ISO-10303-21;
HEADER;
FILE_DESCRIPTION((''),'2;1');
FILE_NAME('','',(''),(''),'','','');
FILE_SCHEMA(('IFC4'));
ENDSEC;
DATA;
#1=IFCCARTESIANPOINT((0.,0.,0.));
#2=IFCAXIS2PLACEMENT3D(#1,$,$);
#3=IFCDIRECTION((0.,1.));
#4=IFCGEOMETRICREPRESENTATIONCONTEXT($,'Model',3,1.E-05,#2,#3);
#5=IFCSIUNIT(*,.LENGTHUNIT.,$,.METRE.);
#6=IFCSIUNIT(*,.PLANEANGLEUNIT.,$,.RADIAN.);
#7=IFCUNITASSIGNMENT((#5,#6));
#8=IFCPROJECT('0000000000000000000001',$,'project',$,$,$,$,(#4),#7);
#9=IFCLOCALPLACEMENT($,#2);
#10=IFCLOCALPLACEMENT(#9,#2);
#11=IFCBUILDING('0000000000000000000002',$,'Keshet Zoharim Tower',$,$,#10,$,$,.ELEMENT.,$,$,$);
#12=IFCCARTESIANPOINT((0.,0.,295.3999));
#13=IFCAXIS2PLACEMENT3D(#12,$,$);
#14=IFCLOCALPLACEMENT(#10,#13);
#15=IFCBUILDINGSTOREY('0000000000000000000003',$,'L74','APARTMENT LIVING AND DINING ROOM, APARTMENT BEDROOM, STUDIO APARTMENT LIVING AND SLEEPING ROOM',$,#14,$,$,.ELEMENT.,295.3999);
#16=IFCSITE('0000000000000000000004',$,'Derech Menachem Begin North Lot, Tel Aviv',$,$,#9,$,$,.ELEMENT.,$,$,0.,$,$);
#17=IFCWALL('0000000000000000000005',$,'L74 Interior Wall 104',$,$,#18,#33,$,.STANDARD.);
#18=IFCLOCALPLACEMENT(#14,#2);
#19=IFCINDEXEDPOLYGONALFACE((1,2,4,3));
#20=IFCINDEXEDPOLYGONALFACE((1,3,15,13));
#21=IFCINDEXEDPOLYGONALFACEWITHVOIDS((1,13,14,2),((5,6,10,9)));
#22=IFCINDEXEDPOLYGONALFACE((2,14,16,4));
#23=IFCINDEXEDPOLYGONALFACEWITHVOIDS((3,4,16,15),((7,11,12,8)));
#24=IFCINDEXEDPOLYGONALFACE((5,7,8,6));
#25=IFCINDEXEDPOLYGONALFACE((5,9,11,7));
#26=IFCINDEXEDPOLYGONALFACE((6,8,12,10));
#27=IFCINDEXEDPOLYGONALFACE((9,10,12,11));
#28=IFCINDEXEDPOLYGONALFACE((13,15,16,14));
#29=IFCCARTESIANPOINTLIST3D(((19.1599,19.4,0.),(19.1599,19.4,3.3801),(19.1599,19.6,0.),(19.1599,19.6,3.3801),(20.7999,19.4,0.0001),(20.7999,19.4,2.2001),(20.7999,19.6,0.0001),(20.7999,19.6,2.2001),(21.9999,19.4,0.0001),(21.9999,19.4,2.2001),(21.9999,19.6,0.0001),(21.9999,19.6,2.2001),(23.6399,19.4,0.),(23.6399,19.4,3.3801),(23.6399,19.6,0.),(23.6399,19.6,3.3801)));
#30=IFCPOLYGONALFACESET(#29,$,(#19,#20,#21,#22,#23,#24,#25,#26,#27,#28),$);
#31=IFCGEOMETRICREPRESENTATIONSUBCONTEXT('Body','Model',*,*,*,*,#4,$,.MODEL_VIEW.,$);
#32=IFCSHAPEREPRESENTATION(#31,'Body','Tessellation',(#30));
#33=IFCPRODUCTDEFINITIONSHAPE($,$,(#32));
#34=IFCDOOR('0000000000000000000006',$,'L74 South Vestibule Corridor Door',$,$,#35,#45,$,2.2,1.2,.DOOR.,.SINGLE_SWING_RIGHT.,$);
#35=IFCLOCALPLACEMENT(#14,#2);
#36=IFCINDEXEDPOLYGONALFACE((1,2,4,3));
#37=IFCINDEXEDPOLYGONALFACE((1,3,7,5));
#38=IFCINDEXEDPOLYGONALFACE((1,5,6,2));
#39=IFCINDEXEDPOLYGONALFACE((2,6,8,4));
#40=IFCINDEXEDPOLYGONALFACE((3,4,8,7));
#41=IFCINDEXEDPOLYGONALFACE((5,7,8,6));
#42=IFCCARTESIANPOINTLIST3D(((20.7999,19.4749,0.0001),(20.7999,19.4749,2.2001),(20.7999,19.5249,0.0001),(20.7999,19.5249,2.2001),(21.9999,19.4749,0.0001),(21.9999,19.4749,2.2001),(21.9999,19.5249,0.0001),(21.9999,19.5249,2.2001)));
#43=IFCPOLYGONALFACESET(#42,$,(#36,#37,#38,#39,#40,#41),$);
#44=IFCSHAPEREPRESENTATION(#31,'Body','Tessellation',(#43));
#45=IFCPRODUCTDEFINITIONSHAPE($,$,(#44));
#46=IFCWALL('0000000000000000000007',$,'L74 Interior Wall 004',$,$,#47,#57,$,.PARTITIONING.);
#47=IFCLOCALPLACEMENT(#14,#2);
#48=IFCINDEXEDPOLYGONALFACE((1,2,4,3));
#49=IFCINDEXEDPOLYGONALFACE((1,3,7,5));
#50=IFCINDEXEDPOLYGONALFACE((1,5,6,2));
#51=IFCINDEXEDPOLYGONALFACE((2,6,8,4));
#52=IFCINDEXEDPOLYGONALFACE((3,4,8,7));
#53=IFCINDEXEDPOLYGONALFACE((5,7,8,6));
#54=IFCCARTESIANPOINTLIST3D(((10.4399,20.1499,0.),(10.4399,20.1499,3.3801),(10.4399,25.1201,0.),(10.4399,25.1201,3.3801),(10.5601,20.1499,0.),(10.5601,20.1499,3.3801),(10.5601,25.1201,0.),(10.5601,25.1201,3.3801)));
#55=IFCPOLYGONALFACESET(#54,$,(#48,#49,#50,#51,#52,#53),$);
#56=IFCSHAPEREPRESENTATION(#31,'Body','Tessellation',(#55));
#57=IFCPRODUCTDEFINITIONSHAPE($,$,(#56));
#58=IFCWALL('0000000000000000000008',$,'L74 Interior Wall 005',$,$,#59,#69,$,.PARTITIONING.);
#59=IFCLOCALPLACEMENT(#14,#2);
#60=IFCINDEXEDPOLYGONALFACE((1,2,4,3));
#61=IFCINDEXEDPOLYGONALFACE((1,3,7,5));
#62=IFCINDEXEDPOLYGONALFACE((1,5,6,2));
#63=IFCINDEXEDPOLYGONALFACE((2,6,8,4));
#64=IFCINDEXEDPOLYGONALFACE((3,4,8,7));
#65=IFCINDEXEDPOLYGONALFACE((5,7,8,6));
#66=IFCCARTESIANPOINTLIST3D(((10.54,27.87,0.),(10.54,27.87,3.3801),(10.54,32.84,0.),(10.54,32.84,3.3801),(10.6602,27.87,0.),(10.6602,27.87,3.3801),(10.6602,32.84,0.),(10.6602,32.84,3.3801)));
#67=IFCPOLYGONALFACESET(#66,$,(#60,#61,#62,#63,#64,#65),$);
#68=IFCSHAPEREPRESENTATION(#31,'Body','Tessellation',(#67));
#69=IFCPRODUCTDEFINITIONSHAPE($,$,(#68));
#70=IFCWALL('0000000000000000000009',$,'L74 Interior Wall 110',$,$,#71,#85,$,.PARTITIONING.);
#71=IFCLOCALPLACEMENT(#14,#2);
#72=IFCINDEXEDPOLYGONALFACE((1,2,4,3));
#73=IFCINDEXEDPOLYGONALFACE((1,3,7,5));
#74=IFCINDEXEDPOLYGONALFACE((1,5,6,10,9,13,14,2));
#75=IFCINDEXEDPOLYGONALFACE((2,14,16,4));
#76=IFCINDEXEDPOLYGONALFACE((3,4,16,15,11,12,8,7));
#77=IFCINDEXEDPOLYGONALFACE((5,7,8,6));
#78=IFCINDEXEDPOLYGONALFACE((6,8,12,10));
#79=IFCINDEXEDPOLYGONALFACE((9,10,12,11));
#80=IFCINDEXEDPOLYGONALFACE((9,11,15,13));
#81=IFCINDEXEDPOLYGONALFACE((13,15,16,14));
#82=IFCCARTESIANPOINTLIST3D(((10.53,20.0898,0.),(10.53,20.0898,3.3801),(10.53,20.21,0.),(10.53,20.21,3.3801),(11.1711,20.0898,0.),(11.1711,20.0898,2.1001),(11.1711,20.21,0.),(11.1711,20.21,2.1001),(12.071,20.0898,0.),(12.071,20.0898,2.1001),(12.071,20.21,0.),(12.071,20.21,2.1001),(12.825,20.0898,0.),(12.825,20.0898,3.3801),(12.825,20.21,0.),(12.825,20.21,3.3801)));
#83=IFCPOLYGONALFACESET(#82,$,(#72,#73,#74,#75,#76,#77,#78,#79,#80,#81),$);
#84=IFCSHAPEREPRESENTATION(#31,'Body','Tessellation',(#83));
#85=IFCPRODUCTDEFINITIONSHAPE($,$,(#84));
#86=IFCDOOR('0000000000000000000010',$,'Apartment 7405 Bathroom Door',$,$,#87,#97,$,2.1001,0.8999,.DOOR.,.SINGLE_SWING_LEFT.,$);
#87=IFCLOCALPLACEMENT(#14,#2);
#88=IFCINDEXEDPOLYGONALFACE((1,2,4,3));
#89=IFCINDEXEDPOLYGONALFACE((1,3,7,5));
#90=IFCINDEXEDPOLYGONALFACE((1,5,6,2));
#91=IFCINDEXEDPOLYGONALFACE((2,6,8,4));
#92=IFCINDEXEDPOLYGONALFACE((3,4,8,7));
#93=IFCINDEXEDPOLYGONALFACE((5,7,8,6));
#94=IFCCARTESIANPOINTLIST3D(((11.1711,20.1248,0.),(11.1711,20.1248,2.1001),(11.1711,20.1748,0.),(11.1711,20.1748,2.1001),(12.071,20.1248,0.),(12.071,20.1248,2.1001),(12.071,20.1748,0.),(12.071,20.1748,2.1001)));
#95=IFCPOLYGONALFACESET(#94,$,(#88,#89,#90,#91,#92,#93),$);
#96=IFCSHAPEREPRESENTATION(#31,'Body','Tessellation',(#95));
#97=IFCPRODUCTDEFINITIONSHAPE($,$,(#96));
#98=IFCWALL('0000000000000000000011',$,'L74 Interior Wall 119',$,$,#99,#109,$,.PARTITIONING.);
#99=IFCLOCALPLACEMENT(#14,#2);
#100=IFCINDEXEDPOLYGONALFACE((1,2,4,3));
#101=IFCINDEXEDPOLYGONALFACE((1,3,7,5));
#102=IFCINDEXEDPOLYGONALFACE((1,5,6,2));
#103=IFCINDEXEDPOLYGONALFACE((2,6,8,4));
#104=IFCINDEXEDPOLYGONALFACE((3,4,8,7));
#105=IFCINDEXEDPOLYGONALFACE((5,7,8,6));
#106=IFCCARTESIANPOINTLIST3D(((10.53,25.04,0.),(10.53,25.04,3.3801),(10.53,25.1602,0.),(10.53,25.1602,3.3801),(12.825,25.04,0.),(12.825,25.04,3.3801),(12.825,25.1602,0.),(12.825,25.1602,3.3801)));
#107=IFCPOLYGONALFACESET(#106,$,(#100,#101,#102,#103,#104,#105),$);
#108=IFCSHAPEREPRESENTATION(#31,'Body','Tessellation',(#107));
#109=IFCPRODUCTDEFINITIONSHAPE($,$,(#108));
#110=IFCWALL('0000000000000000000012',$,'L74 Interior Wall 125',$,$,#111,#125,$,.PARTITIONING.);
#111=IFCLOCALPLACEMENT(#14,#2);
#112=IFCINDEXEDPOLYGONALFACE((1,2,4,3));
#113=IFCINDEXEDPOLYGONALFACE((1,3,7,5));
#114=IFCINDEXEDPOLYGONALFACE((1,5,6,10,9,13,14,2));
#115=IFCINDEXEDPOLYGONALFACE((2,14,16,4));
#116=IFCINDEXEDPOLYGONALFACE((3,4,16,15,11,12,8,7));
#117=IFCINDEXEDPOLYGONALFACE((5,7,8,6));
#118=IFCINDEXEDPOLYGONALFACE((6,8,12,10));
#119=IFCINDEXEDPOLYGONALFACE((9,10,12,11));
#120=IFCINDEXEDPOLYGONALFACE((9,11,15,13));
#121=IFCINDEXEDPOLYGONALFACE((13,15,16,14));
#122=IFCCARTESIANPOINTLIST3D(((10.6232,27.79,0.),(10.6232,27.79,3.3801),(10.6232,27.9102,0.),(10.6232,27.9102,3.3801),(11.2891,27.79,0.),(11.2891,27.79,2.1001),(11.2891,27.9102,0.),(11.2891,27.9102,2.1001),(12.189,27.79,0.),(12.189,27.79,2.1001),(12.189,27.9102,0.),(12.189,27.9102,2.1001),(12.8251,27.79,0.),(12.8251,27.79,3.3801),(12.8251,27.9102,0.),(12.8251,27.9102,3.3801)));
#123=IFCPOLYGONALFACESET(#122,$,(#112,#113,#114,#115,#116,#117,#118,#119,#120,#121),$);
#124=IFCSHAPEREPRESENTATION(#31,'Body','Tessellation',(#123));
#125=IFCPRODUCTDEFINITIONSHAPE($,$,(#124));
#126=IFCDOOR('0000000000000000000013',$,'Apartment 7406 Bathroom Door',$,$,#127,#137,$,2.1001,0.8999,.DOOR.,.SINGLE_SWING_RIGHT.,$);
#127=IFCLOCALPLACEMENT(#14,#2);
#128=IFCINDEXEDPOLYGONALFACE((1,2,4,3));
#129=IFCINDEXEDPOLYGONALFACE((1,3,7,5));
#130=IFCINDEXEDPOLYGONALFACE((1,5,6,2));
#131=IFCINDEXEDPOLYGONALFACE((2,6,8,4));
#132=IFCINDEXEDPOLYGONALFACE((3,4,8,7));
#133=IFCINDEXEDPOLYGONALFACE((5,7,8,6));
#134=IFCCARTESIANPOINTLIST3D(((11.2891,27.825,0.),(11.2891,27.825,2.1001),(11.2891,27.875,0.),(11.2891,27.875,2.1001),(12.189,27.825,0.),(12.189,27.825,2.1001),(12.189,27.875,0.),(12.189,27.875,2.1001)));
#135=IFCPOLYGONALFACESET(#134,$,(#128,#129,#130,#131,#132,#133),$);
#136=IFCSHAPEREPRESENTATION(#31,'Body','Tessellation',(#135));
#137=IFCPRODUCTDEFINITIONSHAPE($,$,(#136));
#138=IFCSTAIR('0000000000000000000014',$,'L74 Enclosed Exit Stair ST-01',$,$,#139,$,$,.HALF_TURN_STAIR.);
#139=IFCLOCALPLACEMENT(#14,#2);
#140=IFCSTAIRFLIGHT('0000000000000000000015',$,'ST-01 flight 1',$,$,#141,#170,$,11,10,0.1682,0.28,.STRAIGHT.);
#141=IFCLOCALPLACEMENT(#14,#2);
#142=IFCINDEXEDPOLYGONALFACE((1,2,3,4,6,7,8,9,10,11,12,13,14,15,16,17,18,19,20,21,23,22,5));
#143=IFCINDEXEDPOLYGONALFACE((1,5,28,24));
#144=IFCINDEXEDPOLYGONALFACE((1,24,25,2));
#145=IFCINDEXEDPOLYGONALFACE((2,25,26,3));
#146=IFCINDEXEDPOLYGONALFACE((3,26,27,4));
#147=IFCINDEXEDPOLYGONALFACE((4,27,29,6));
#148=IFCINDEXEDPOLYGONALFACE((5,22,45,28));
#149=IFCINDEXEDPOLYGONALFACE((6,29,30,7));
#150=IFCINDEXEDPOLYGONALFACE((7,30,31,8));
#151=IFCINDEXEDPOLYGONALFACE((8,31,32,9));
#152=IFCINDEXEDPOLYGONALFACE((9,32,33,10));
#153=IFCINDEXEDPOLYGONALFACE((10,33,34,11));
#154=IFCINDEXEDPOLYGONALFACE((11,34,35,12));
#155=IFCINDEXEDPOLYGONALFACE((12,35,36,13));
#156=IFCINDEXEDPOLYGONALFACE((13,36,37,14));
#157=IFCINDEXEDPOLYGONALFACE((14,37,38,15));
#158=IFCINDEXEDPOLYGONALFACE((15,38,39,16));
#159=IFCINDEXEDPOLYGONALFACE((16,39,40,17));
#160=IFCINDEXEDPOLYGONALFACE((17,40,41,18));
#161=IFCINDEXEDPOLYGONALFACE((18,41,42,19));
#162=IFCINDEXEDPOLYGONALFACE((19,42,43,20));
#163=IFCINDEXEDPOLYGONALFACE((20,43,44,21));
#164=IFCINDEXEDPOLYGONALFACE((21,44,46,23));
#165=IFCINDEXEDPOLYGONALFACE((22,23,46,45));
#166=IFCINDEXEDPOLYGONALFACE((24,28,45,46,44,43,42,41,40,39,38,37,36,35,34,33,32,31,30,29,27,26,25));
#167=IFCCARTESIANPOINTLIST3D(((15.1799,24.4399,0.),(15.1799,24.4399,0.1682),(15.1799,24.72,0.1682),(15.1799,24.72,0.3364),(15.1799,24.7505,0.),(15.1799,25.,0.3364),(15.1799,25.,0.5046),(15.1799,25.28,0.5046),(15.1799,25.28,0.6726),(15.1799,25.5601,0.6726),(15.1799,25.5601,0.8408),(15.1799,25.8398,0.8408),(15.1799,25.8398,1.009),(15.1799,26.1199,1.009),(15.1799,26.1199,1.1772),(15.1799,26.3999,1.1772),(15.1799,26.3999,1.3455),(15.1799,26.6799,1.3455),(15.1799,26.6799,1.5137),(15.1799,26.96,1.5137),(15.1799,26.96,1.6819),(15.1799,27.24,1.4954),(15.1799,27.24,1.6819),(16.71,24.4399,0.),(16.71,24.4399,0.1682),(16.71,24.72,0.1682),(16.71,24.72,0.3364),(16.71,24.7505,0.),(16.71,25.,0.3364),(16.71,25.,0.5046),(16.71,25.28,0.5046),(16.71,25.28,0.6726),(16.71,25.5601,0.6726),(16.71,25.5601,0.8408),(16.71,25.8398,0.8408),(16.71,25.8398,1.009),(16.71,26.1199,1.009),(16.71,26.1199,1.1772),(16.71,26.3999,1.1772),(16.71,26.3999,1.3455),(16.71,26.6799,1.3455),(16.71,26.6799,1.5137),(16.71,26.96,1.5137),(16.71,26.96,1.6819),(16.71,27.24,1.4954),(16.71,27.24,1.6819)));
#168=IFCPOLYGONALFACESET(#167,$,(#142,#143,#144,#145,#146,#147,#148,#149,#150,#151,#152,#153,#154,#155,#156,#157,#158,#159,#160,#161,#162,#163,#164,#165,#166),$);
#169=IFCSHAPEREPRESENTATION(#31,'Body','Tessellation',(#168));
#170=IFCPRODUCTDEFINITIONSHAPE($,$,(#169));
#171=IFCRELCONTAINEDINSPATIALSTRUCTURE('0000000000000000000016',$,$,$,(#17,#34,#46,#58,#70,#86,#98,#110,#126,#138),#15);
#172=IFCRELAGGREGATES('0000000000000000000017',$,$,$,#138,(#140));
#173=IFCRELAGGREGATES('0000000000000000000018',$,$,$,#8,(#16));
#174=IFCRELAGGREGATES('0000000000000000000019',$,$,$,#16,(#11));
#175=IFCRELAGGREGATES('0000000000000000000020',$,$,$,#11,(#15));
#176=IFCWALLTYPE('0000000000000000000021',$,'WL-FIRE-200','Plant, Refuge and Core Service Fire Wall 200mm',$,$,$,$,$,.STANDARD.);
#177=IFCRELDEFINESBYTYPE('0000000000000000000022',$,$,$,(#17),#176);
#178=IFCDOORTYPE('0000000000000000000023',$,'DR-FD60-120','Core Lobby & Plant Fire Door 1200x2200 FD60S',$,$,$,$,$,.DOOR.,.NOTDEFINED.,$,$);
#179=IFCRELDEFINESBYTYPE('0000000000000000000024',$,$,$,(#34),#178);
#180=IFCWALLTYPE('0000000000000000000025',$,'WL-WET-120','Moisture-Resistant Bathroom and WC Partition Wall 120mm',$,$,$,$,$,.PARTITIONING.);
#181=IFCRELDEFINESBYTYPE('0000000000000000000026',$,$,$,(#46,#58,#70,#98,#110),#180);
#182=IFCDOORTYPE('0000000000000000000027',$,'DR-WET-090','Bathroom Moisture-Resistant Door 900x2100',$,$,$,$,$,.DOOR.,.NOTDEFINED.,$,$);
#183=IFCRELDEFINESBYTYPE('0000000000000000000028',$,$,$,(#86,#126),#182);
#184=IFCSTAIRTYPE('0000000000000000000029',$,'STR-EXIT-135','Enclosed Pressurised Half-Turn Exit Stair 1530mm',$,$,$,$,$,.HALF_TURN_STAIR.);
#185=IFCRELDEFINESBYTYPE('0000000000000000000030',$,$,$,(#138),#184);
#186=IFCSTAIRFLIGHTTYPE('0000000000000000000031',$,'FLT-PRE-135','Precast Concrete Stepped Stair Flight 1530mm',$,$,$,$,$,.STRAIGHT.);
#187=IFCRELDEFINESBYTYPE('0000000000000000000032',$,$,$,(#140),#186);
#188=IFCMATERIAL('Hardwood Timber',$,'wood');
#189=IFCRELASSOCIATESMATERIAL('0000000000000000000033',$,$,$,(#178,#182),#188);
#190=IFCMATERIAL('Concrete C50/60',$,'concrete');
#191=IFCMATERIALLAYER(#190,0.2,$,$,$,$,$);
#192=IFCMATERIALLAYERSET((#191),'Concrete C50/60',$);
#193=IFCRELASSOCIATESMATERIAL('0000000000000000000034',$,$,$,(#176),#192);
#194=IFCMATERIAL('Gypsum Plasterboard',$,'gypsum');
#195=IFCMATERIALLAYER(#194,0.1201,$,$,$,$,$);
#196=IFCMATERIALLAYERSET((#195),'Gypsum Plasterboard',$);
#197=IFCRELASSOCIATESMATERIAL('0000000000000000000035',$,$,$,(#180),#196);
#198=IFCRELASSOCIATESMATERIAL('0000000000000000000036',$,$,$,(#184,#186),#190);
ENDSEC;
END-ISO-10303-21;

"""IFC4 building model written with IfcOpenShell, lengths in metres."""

from ifc_helpers import new_model, si_unit, direction, frame, frame_2d, origin, place, context, subcontext, project, spatial, polyline, rectangle, outline, extrude, material, layer, layer_set, type_object, element, fill, aggregate, save


model = new_model("IFC4")

# Units and contexts
model_context = context("Model", 3, precision=1e-05, world=origin(), true_north=direction((0.0, 1.0)))
body_context = subcontext(model_context, "Body", "Model", "MODEL_VIEW")
ifc_project = project(units=[si_unit("LENGTHUNIT", "METRE"), si_unit("PLANEANGLEUNIT", "RADIAN")], contexts=[model_context])

# Site, building, storey
site_placement = place(None, origin())
site = spatial("IfcSite", under=ifc_project, at=site_placement, Name="Derech Menachem Begin North Lot, Tel Aviv", CompositionType="ELEMENT", RefElevation=0.0)
building_placement = place(site_placement, origin())
building = spatial("IfcBuilding", under=site, at=building_placement, Name="Keshet Zoharim Tower", CompositionType="ELEMENT")
storey_placement = place(building_placement, frame((0.0, 0.0, 295.3999)))
storey = spatial("IfcBuildingStorey", under=building, at=storey_placement, Name="L74", Description="APARTMENT LIVING AND DINING ROOM, APARTMENT BEDROOM, STUDIO APARTMENT LIVING AND SLEEPING ROOM", CompositionType="ELEMENT", Elevation=295.3999)

# Shared definitions
ifc_material_1 = material(Name="Concrete C50/60", Category="concrete")

# Shared definitions
ifc_material_2 = material(Name="Hardwood Timber", Category="wood")

# Shared definitions
door_type_1 = type_object("IfcDoorType", Name="DR-FD60-120", Description="Core Lobby & Plant Fire Door 1200x2200 FD60S", OperationType="NOTDEFINED", PredefinedType="DOOR", material=ifc_material_2)

# Shared definitions
ifc_material_3 = material(Name="Gypsum Plasterboard", Category="gypsum")

# Wall, opening, door
ifc_layer_1 = layer(ifc_material_1, 0.2)
ifc_layer_set_1 = layer_set([ifc_layer_1], Name="Concrete C50/60")
wall_type_1 = type_object("IfcWallType", Name="WL-FIRE-200", Description="Plant, Refuge and Core Service Fire Wall 200mm", PredefinedType="STANDARD", material=ifc_layer_set_1)
wall_1_placement = place(storey_placement, frame((19.1599, 19.5, 0.0), z_axis=(0.0, 0.0, 1.0), x_axis=(1.0, 0.0, 0.0)))
wall_1 = element("IfcWall", 1, at=wall_1_placement, inside=storey, type_object=wall_type_1, Name="L74 Interior Wall 104", PredefinedType="STANDARD", context=body_context, shape_type="SweptSolid", body=[
    extrude(rectangle(XDim=4.48, YDim=0.2, at=frame_2d((2.24, 0.0))), origin(), (0.0, 0.0, 1.0), 3.3801),
])
opening_1_placement = place(wall_1_placement, frame((1.6399, 0.0, 0.0)))
opening_1 = element("IfcOpeningElement", 2, at=opening_1_placement, cuts=wall_1, PredefinedType="OPENING", context=body_context, shape_type="SweptSolid", body=[
    extrude(rectangle(XDim=1.2, YDim=2.2, at=frame_2d((0.6001, 1.1001))), frame((0.0, 0.1099, 0.0), z_axis=(0.0, -1.0, 0.0), x_axis=(1.0, 0.0, 0.0)), (0.0, 0.0, 1.0), 0.22),
])
door_1_placement = place(opening_1_placement, origin())
door_1 = element("IfcDoor", 3, at=door_1_placement, inside=storey, type_object=door_type_1, Name="L74 South Vestibule Corridor Door", OperationType="SINGLE_SWING_RIGHT", OverallHeight=2.2, OverallWidth=1.2, PredefinedType="DOOR", context=body_context, shape_type="SweptSolid", body=[
    extrude(rectangle(XDim=1.2, YDim=2.2, at=frame_2d((0.6001, 1.1001))), frame((0.0, 0.0249, 0.0), z_axis=(0.0, -1.0, 0.0), x_axis=(1.0, 0.0, 0.0)), (0.0, 0.0, 1.0), 0.05),
])
fill(opening_1, door_1)

# Walls
ifc_layer_2 = layer(ifc_material_3, 0.1201)
ifc_layer_set_2 = layer_set([ifc_layer_2], Name="Gypsum Plasterboard")
wall_type_2 = type_object("IfcWallType", Name="WL-WET-120", Description="Moisture-Resistant Bathroom and WC Partition Wall 120mm", PredefinedType="PARTITIONING", material=ifc_layer_set_2)
wall_2_placement = place(storey_placement, frame((10.5, 20.1499, 0.0), z_axis=(0.0, 0.0, 1.0), x_axis=(0.0, 1.0, 0.0)))
element("IfcWall", 4, at=wall_2_placement, inside=storey, type_object=wall_type_2, Name="L74 Interior Wall 004", PredefinedType="PARTITIONING", context=body_context, shape_type="SweptSolid", body=[
    extrude(rectangle(XDim=4.9702, YDim=0.1201, at=frame_2d((2.4851, 0.0))), origin(), (0.0, 0.0, 1.0), 3.3801),
])
wall_3_placement = place(storey_placement, frame((10.6001, 27.8701, 0.0), z_axis=(0.0, 0.0, 1.0), x_axis=(0.0, 1.0, 0.0)))
element("IfcWall", 5, at=wall_3_placement, inside=storey, type_object=wall_type_2, Name="L74 Interior Wall 005", PredefinedType="PARTITIONING", context=body_context, shape_type="SweptSolid", body=[
    extrude(rectangle(XDim=4.97, YDim=0.1201, at=frame_2d((2.4849, 0.0))), origin(), (0.0, 0.0, 1.0), 3.3801),
])

# Wall, opening, door
wall_4_placement = place(storey_placement, frame((10.53, 20.1499, 0.0), z_axis=(0.0, 0.0, 1.0), x_axis=(1.0, 0.0, 0.0)))
wall_4 = element("IfcWall", 6, at=wall_4_placement, inside=storey, type_object=wall_type_2, Name="L74 Interior Wall 110", PredefinedType="PARTITIONING", context=body_context, shape_type="SweptSolid", body=[
    extrude(rectangle(XDim=2.2949, YDim=0.1201, at=frame_2d((1.1475, 0.0))), origin(), (0.0, 0.0, 1.0), 3.3801),
])
opening_2_placement = place(wall_4_placement, frame((0.6411, 0.0, 0.0)))
opening_2 = element("IfcOpeningElement", 7, at=opening_2_placement, cuts=wall_4, PredefinedType="OPENING", context=body_context, shape_type="SweptSolid", body=[
    extrude(rectangle(XDim=0.8999, YDim=2.1001, at=frame_2d((0.45, 1.05))), frame((0.0, 0.0701, 0.0), z_axis=(0.0, -1.0, 0.0), x_axis=(1.0, 0.0, 0.0)), (0.0, 0.0, 1.0), 0.1401),
])
door_type_2 = type_object("IfcDoorType", Name="DR-WET-090", Description="Bathroom Moisture-Resistant Door 900x2100", OperationType="NOTDEFINED", PredefinedType="DOOR", material=ifc_material_2)
door_2_placement = place(opening_2_placement, origin())
door_2 = element("IfcDoor", 8, at=door_2_placement, inside=storey, type_object=door_type_2, Name="Apartment 7405 Bathroom Door", OperationType="SINGLE_SWING_LEFT", OverallHeight=2.1001, OverallWidth=0.8999, PredefinedType="DOOR", context=body_context, shape_type="SweptSolid", body=[
    extrude(rectangle(XDim=0.8999, YDim=2.1001, at=frame_2d((0.45, 1.05))), frame((0.0, 0.0249, 0.0), z_axis=(0.0, -1.0, 0.0), x_axis=(1.0, 0.0, 0.0)), (0.0, 0.0, 1.0), 0.05),
])
fill(opening_2, door_2)

# Wall
wall_5_placement = place(storey_placement, frame((10.53, 25.1001, 0.0), z_axis=(0.0, 0.0, 1.0), x_axis=(1.0, 0.0, 0.0)))
element("IfcWall", 9, at=wall_5_placement, inside=storey, type_object=wall_type_2, Name="L74 Interior Wall 119", PredefinedType="PARTITIONING", context=body_context, shape_type="SweptSolid", body=[
    extrude(rectangle(XDim=2.2949, YDim=0.1201, at=frame_2d((1.1475, 0.0))), origin(), (0.0, 0.0, 1.0), 3.3801),
])

# Wall, opening, door
wall_6_placement = place(storey_placement, frame((10.623, 27.8501, 0.0), z_axis=(0.0, 0.0, 1.0), x_axis=(1.0, 0.0, 0.0)))
wall_6 = element("IfcWall", 10, at=wall_6_placement, inside=storey, type_object=wall_type_2, Name="L74 Interior Wall 125", PredefinedType="PARTITIONING", context=body_context, shape_type="SweptSolid", body=[
    extrude(rectangle(XDim=2.2019, YDim=0.1201, at=frame_2d((1.1011, 0.0))), origin(), (0.0, 0.0, 1.0), 3.3801),
])
opening_3_placement = place(wall_6_placement, frame((0.666, 0.0, 0.0)))
opening_3 = element("IfcOpeningElement", 11, at=opening_3_placement, cuts=wall_6, PredefinedType="OPENING", context=body_context, shape_type="SweptSolid", body=[
    extrude(rectangle(XDim=0.8999, YDim=2.1001, at=frame_2d((0.45, 1.05))), frame((0.0, 0.0701, 0.0), z_axis=(0.0, -1.0, 0.0), x_axis=(1.0, 0.0, 0.0)), (0.0, 0.0, 1.0), 0.1401),
])
door_3_placement = place(opening_3_placement, origin())
door_3 = element("IfcDoor", 12, at=door_3_placement, inside=storey, type_object=door_type_2, Name="Apartment 7406 Bathroom Door", OperationType="SINGLE_SWING_RIGHT", OverallHeight=2.1001, OverallWidth=0.8999, PredefinedType="DOOR", context=body_context, shape_type="SweptSolid", body=[
    extrude(rectangle(XDim=0.8999, YDim=2.1001, at=frame_2d((0.45, 1.05))), frame((0.0, 0.0249, 0.0), z_axis=(0.0, -1.0, 0.0), x_axis=(1.0, 0.0, 0.0)), (0.0, 0.0, 1.0), 0.05),
])
fill(opening_3, door_3)

# Stair, stair flight
stair_type = type_object("IfcStairType", Name="STR-EXIT-135", Description="Enclosed Pressurised Half-Turn Exit Stair 1530mm", PredefinedType="HALF_TURN_STAIR", material=ifc_material_1)
stair_placement = place(storey_placement, origin())
stair = element("IfcStair", 13, at=stair_placement, inside=storey, type_object=stair_type, Name="L74 Enclosed Exit Stair ST-01", PredefinedType="HALF_TURN_STAIR")
stair_flight_type = type_object("IfcStairFlightType", Name="FLT-PRE-135", Description="Precast Concrete Stepped Stair Flight 1530mm", PredefinedType="STRAIGHT", material=ifc_material_1)
stair_flight_1_placement = place(storey_placement, frame((15.9451, 24.4399, 0.0), z_axis=(0.0, 0.0, 1.0), x_axis=(0.0, 1.0, 0.0)))
stair_flight_1 = element("IfcStairFlight", 14, at=stair_flight_1_placement, type_object=stair_flight_type, Name="ST-01 flight 1", NumberOfRisers=11, NumberOfTreads=10, PredefinedType="STRAIGHT", RiserHeight=0.1682, TreadLength=0.28, context=body_context, shape_type="SweptSolid", body=[
    extrude(outline(polyline([(0.0, 0.0), (0.0, 0.1682), (0.28, 0.1682), (0.28, 0.3364), (0.5601, 0.3364), (0.5601, 0.5046), (0.8401, 0.5046), (0.8401, 0.6726), (1.1201, 0.6726), (1.1201, 0.8408), (1.3999, 0.8408), (1.3999, 1.009), (1.6799, 1.009), (1.6799, 1.1772), (1.96, 1.1772), (1.96, 1.3455), (2.24, 1.3455), (2.24, 1.5137), (2.52, 1.5137), (2.52, 1.6819), (2.8, 1.6819), (2.8, 1.8501), (2.8, 1.4954), (0.3105, 0.0), (0.0, 0.0)])), frame((0.0, 0.7651, 0.0), z_axis=(0.0, -1.0, 0.0), x_axis=(1.0, 0.0, 0.0)), (0.0, 0.0, 1.0), 1.53),
])
aggregate(stair, [stair_flight_1])

save(model, "model.ifc")
